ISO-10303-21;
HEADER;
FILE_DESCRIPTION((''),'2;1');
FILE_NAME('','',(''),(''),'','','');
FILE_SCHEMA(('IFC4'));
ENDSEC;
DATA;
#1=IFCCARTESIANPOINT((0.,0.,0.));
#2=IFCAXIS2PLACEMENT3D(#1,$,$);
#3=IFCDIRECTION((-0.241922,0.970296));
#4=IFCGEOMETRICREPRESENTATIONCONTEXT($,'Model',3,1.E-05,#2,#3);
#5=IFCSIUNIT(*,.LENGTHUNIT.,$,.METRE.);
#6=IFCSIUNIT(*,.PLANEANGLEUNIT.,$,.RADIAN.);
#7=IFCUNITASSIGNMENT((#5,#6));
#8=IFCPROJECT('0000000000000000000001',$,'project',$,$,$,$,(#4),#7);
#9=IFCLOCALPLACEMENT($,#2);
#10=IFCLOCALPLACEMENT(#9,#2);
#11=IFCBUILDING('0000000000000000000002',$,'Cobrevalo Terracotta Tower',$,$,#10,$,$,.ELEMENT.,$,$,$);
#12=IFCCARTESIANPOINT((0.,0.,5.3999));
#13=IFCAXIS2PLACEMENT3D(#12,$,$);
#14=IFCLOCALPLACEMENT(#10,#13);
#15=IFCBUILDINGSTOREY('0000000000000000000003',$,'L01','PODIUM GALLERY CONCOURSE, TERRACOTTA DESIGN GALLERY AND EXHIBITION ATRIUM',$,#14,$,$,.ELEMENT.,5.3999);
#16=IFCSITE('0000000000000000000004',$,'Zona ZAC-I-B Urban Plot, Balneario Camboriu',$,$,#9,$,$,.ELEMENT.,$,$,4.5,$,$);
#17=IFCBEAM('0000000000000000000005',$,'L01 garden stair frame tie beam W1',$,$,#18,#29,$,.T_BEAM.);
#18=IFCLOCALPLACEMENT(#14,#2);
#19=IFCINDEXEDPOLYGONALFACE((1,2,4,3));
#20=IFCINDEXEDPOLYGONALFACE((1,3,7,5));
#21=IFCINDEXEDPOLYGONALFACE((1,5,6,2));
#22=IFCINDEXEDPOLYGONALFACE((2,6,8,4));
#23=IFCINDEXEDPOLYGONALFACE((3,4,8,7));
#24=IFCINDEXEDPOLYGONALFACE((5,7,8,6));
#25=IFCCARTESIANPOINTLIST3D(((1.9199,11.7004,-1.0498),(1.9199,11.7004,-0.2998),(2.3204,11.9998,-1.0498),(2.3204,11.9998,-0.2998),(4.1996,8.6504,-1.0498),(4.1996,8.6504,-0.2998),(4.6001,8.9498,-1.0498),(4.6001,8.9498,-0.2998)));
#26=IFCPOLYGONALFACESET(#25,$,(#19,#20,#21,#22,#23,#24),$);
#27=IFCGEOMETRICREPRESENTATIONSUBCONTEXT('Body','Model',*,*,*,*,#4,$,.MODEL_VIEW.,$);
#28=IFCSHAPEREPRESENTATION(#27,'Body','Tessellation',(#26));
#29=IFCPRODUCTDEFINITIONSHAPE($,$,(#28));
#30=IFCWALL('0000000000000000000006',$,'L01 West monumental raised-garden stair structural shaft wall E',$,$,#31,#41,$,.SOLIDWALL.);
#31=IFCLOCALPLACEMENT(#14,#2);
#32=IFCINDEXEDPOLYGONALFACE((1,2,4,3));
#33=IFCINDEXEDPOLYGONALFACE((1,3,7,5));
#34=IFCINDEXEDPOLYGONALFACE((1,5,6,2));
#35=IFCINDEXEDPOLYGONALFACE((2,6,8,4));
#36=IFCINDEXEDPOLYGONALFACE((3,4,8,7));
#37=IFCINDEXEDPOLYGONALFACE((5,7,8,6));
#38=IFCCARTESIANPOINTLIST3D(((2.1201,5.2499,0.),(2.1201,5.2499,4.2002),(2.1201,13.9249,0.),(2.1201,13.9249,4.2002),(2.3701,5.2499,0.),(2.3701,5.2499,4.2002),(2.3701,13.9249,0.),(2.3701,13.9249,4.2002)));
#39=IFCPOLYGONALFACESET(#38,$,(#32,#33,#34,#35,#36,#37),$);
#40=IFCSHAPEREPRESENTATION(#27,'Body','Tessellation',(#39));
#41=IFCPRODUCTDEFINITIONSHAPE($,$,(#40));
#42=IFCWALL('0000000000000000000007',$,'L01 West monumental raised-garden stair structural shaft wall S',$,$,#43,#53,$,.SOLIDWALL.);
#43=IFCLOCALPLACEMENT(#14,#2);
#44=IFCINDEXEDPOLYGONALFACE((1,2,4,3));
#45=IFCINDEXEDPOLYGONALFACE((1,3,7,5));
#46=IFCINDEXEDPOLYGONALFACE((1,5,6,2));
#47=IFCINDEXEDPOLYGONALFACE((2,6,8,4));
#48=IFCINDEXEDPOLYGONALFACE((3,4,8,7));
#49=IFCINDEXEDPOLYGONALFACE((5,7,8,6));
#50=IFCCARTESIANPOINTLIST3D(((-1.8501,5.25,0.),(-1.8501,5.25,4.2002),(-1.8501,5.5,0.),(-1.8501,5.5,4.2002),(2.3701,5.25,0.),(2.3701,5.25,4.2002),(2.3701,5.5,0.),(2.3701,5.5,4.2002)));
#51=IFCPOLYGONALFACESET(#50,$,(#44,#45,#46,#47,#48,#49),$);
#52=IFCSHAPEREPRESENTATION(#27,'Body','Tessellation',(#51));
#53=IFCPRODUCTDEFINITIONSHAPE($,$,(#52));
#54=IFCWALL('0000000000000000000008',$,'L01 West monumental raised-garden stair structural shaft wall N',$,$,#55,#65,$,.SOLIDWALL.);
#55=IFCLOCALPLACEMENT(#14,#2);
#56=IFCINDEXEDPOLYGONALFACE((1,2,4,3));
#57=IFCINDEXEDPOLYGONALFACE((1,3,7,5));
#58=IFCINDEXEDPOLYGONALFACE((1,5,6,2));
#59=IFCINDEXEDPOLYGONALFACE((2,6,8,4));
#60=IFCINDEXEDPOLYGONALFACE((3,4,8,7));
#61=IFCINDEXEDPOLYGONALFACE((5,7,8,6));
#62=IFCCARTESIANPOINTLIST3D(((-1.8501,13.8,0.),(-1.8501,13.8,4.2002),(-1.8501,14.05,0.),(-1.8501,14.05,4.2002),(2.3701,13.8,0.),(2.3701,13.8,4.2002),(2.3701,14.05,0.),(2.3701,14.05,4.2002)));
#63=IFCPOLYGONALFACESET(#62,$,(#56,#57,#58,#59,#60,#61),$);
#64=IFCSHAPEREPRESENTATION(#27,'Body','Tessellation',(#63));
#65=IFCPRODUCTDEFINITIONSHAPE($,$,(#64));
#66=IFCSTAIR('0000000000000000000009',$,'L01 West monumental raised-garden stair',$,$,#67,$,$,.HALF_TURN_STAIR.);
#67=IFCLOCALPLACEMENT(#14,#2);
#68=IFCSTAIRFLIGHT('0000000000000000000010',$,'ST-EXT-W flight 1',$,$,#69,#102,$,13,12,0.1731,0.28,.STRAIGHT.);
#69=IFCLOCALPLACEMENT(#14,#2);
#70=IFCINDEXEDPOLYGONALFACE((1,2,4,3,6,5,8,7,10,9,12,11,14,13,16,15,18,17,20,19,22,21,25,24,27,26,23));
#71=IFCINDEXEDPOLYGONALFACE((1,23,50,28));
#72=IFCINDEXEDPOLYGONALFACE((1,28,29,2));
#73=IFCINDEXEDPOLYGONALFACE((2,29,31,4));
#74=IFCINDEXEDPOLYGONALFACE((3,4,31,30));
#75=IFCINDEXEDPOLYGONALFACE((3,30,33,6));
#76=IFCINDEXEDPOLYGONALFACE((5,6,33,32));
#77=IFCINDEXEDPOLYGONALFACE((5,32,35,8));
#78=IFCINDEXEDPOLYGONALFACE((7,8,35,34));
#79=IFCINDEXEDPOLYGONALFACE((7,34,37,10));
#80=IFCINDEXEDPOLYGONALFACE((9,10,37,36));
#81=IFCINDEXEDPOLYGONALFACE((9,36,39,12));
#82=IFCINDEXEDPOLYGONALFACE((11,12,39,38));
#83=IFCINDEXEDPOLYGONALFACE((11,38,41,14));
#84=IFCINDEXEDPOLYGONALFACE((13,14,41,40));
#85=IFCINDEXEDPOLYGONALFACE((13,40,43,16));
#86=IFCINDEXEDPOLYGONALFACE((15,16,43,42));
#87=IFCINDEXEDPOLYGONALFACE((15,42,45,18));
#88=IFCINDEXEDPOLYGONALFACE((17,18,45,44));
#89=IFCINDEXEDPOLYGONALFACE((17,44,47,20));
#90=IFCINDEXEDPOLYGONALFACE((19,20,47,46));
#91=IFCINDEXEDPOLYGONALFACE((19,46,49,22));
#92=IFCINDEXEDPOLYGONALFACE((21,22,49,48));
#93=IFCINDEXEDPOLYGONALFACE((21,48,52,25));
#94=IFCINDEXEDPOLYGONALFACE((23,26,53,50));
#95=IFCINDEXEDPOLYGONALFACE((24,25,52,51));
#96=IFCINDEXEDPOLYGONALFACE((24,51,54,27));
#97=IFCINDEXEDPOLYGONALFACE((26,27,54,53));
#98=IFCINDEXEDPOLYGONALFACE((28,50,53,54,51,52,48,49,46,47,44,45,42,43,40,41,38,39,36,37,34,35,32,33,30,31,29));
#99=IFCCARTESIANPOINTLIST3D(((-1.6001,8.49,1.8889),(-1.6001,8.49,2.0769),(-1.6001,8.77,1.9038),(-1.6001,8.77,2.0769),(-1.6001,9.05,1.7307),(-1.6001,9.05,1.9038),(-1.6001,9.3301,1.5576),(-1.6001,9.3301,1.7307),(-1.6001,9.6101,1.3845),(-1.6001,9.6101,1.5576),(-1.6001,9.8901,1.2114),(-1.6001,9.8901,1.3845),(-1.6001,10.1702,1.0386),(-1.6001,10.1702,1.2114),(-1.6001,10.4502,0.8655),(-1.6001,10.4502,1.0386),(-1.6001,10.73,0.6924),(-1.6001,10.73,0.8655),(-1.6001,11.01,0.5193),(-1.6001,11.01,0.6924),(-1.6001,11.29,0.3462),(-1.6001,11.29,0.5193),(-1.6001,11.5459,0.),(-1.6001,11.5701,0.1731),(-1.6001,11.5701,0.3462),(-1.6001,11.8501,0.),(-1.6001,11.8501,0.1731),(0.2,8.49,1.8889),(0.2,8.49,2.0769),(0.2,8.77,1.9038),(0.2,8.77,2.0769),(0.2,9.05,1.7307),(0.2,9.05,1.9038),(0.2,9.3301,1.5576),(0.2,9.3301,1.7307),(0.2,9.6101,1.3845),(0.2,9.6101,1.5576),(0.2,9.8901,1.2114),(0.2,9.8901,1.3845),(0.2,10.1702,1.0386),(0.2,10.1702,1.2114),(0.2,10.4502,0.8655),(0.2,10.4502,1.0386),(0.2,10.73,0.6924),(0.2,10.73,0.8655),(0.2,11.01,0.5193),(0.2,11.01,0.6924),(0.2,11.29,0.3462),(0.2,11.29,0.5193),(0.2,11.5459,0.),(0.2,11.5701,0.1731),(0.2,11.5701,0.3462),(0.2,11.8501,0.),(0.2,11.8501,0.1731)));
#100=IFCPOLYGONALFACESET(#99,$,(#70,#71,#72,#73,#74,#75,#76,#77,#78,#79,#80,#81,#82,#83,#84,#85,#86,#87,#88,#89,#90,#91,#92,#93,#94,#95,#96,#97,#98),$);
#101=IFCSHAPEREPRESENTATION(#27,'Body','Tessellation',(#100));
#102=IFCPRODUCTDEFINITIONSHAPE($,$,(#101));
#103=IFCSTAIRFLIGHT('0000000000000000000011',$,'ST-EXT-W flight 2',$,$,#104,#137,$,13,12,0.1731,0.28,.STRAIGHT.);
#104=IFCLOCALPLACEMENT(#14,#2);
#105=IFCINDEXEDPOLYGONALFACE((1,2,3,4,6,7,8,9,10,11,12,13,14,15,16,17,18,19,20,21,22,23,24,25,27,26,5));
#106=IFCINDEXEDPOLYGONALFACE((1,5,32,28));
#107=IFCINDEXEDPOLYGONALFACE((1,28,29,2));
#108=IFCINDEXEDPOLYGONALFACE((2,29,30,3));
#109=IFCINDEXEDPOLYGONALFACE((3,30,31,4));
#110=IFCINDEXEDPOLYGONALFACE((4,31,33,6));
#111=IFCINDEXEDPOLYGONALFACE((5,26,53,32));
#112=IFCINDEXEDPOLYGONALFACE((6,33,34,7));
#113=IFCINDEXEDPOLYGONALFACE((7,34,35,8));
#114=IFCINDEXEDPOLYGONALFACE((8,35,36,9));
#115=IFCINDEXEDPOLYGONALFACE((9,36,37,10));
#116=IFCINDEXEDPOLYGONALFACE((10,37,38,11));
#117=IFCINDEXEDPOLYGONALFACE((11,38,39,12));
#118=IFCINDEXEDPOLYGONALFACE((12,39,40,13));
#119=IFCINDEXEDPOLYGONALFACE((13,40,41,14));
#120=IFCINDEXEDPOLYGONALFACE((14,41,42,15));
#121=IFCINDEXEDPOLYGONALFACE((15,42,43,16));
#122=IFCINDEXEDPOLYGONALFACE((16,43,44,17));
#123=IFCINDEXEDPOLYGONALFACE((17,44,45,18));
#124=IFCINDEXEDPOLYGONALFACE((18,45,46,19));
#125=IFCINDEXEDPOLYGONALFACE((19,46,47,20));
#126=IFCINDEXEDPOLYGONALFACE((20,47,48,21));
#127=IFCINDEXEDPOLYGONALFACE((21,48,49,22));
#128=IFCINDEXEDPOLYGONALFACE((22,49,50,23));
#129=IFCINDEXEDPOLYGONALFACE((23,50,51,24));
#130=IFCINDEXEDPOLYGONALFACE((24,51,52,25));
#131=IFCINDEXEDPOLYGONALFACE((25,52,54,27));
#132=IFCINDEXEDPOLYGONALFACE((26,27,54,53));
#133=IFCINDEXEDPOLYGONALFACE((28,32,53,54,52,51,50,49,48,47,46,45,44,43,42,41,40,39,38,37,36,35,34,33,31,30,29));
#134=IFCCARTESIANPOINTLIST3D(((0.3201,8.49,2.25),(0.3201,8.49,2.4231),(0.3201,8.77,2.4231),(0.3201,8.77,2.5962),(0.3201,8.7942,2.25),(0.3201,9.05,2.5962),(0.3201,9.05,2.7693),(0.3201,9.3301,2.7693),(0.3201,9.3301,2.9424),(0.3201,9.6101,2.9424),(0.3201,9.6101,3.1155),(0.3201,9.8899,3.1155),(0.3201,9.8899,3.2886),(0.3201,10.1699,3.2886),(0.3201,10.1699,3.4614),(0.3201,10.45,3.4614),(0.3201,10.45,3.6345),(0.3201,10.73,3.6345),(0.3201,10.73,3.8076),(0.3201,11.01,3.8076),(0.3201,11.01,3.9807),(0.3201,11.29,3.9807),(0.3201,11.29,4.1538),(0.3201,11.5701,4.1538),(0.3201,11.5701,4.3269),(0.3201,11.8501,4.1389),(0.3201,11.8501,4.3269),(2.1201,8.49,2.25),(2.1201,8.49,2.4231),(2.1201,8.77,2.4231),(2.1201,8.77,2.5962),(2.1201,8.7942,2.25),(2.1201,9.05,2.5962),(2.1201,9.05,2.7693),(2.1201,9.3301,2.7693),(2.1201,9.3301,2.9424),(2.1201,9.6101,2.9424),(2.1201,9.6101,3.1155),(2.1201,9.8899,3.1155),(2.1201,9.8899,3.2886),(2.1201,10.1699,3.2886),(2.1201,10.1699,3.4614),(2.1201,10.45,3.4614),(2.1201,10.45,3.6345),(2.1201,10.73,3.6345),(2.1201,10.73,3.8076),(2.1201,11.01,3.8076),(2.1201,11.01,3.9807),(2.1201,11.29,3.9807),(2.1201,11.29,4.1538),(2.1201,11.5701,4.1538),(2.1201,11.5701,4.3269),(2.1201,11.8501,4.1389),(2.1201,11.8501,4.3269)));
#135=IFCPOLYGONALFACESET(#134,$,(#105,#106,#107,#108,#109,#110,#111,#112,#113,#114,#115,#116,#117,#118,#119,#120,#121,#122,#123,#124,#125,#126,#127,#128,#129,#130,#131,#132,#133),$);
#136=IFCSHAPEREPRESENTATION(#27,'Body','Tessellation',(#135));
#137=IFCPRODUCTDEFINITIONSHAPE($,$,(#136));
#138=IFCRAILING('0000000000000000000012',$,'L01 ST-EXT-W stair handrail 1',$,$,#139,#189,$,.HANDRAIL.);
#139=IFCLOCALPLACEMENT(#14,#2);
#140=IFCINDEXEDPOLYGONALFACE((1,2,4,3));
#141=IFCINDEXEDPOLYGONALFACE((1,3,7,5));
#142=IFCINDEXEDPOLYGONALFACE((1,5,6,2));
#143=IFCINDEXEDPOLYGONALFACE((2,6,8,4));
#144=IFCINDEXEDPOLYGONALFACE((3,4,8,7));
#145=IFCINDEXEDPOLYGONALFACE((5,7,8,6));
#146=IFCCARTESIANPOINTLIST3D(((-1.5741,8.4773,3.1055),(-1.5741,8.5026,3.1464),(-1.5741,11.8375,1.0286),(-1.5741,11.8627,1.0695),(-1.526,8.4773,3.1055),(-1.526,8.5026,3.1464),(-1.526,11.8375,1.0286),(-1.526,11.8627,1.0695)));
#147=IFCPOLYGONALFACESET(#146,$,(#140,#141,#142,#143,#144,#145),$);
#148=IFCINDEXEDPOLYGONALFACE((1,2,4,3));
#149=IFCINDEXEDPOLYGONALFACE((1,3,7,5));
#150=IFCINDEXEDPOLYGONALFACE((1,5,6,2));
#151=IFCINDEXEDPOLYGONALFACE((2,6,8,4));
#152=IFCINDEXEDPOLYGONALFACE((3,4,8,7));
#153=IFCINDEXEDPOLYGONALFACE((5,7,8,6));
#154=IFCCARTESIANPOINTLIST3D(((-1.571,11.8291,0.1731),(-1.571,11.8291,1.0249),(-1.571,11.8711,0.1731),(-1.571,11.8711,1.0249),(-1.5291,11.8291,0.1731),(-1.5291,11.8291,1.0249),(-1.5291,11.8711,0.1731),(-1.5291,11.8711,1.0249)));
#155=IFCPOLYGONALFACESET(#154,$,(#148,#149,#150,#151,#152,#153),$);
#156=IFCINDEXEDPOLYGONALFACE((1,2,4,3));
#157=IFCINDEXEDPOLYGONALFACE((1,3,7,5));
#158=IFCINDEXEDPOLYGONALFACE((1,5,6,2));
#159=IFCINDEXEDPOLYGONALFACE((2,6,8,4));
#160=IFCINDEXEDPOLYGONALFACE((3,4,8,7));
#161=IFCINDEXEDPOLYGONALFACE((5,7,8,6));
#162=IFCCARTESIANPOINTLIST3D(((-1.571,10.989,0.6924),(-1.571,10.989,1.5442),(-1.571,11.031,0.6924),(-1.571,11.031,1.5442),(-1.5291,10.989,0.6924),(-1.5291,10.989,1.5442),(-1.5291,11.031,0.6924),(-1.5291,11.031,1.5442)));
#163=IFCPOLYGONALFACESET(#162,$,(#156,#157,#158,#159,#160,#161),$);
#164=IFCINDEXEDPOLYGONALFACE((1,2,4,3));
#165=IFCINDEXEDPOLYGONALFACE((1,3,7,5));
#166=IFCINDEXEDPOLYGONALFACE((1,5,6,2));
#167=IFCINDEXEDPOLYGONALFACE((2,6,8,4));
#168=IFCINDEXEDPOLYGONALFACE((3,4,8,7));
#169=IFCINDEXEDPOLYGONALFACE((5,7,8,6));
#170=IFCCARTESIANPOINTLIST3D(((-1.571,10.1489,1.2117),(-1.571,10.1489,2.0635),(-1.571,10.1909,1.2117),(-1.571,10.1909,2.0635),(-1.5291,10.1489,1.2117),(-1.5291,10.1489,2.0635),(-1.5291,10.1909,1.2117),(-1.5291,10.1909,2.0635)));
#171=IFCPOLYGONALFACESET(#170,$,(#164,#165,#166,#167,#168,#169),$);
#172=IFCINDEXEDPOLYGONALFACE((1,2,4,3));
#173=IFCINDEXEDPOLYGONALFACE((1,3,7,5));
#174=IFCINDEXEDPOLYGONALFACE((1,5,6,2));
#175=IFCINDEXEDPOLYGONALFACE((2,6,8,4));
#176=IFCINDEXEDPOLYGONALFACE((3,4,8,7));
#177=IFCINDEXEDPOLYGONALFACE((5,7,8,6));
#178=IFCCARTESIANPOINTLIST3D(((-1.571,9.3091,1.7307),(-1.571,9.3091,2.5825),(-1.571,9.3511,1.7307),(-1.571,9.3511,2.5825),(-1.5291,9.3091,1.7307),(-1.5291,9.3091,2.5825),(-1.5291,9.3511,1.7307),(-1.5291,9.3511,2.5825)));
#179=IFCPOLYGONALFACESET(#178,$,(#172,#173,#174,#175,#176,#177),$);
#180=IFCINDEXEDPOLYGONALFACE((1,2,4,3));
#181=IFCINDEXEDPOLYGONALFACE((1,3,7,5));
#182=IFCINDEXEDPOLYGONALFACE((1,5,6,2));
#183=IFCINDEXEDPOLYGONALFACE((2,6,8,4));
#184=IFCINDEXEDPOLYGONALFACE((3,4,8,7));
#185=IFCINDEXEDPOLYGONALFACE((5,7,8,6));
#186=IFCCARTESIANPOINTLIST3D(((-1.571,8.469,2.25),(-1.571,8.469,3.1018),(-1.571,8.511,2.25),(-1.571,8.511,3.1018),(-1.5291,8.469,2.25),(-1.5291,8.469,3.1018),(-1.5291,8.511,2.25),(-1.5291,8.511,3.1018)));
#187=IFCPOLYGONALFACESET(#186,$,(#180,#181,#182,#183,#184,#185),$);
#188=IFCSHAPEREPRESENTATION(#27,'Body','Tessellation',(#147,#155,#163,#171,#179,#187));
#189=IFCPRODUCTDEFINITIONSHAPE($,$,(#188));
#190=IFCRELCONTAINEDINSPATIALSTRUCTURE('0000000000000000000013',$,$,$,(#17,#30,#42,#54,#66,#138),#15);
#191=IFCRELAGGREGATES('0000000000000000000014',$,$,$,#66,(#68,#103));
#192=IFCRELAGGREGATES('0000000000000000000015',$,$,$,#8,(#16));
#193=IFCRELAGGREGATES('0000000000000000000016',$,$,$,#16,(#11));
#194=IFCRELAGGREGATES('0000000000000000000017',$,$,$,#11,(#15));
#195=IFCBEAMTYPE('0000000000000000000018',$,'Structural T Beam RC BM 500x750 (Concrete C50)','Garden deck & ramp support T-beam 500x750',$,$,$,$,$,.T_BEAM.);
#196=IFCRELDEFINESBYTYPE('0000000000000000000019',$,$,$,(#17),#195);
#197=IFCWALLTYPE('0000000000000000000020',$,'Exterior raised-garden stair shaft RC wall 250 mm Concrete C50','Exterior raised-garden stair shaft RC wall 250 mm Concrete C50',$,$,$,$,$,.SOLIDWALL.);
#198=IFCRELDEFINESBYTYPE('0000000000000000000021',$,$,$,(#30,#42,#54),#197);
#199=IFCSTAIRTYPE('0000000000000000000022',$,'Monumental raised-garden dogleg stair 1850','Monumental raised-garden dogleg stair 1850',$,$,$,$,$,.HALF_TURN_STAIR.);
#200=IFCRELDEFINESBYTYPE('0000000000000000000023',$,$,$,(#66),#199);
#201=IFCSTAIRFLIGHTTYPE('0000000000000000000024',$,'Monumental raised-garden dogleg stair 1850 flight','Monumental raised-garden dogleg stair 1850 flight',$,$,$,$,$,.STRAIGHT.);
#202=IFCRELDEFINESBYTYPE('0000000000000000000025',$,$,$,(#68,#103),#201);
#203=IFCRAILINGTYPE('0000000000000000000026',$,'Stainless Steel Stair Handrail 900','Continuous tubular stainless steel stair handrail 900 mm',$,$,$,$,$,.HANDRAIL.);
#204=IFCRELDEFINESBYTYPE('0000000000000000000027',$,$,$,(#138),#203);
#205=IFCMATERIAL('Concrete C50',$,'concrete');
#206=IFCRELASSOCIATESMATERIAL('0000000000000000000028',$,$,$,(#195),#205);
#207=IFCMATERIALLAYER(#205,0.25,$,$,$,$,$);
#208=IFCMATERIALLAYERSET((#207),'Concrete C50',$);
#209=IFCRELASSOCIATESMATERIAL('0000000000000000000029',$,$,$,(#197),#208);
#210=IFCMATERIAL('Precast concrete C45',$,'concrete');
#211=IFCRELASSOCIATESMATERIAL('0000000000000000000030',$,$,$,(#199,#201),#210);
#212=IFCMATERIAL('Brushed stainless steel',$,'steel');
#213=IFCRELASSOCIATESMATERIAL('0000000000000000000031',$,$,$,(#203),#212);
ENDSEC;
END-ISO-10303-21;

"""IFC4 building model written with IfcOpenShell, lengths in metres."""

from ifc_helpers import new_model, si_unit, direction, frame, frame_2d, origin, origin_2d, place, context, subcontext, project, spatial, polyline, rectangle, outline, extrude, material, layer, layer_set, material_profile, profile_set, type_object, element, aggregate, save


model = new_model("IFC4")

# Units and contexts
model_context = context("Model", 3, precision=1e-05, world=origin(), true_north=direction((-0.241922, 0.970296)))
body_context = subcontext(model_context, "Body", "Model", "MODEL_VIEW")
ifc_project = project(units=[si_unit("LENGTHUNIT", "METRE"), si_unit("PLANEANGLEUNIT", "RADIAN")], contexts=[model_context])

# Site, building, storey
site_placement = place(None, origin())
site = spatial("IfcSite", under=ifc_project, at=site_placement, Name="Zona ZAC-I-B Urban Plot, Balneario Camboriu", CompositionType="ELEMENT", RefElevation=4.5)
building_placement = place(site_placement, origin())
building = spatial("IfcBuilding", under=site, at=building_placement, Name="Cobrevalo Terracotta Tower", CompositionType="ELEMENT")
storey_placement = place(building_placement, frame((0.0, 0.0, 5.3999)))
storey = spatial("IfcBuildingStorey", under=building, at=storey_placement, Name="L01", Description="PODIUM GALLERY CONCOURSE, TERRACOTTA DESIGN GALLERY AND EXHIBITION ATRIUM", CompositionType="ELEMENT", Elevation=5.3999)

# Shared definitions
ifc_material_1 = material(Name="Concrete C50", Category="concrete")

# Beam
ifc_material_profile_1 = material_profile(ifc_material_1, rectangle(XDim=0.5, YDim=0.75, at=origin_2d()), Name="RC BM 500x750")
ifc_profile_set_1 = profile_set([ifc_material_profile_1], Name="Concrete C50")
beam_type_1 = type_object("IfcBeamType", Name="Structural T Beam RC BM 500x750 (Concrete C50)", Description="Garden deck & ramp support T-beam 500x750", PredefinedType="T_BEAM", material=ifc_profile_set_1)
beam_1_placement = place(storey_placement, frame((2.1201, 11.8501, -0.6748), z_axis=(0.598696, -0.800976, 0.0), x_axis=(0.800976, 0.598696, 0.0)))
element("IfcBeam", 1, at=beam_1_placement, inside=storey, type_object=beam_type_1, Name="L01 garden stair frame tie beam W1", PredefinedType="T_BEAM", context=body_context, shape_type="SweptSolid", body=[
    extrude(rectangle(XDim=0.5, YDim=0.75, at=origin_2d()), origin(), (0.0, 0.0, 1.0), 3.8079),
])

# Walls
ifc_layer = layer(ifc_material_1, 0.25)
ifc_layer_set = layer_set([ifc_layer], Name="Concrete C50")
wall_type = type_object("IfcWallType", Name="Exterior raised-garden stair shaft RC wall 250 mm Concrete C50", Description="Exterior raised-garden stair shaft RC wall 250 mm Concrete C50", PredefinedType="SOLIDWALL", material=ifc_layer_set)
wall_placement = place(storey_placement, frame((2.2451, 5.25, 0.0), z_axis=(0.0, 0.0, 1.0), x_axis=(0.0, 1.0, 0.0)))
element("IfcWall", 2, at=wall_placement, inside=storey, type_object=wall_type, Name="L01 West monumental raised-garden stair structural shaft wall E", PredefinedType="SOLIDWALL", context=body_context, shape_type="SweptSolid", body=[
    extrude(rectangle(XDim=8.675, YDim=0.25, at=frame_2d((4.3374, 0.0))), origin(), (0.0, 0.0, 1.0), 4.2002),
])
for number, where, z_axis, x_axis, name in (
    (3, (-1.8501, 5.375, 0.0), (0.0, 0.0, 1.0), (1.0, 0.0, 0.0), "L01 West monumental raised-garden stair structural shaft wall S"),
    (4, (-1.8501, 13.925, 0.0), (0.0, 0.0, 1.0), (1.0, 0.0, 0.0), "L01 West monumental raised-garden stair structural shaft wall N"),
):
    element("IfcWall", number, at=place(storey_placement, frame(where, z_axis=z_axis, x_axis=x_axis)), inside=storey, type_object=wall_type, Name=name, PredefinedType="SOLIDWALL", context=body_context, shape_type="SweptSolid", body=[
        extrude(rectangle(XDim=4.2202, YDim=0.25, at=frame_2d((2.1101, 0.0))), origin(), (0.0, 0.0, 1.0), 4.2002),
    ])

# Stair, stair flights
ifc_material_2 = material(Name="Precast concrete C45", Category="concrete")
stair_type = type_object("IfcStairType", Name="Monumental raised-garden dogleg stair 1850", Description="Monumental raised-garden dogleg stair 1850", PredefinedType="HALF_TURN_STAIR", material=ifc_material_2)
stair_placement = place(storey_placement, origin())
stair = element("IfcStair", 5, at=stair_placement, inside=storey, type_object=stair_type, Name="L01 West monumental raised-garden stair", PredefinedType="HALF_TURN_STAIR")
stair_flight_type = type_object("IfcStairFlightType", Name="Monumental raised-garden dogleg stair 1850 flight", Description="Monumental raised-garden dogleg stair 1850 flight", PredefinedType="STRAIGHT", material=ifc_material_2)
stair_flight_1_placement = place(storey_placement, frame((-0.7, 11.8501, 0.0), z_axis=(0.0, 0.0, 1.0), x_axis=(0.0, -1.0, 0.0)))
stair_flight_1 = element("IfcStairFlight", 6, at=stair_flight_1_placement, type_object=stair_flight_type, Name="ST-EXT-W flight 1", NumberOfRisers=13, NumberOfTreads=12, PredefinedType="STRAIGHT", RiserHeight=0.1731, TreadLength=0.28, context=body_context, shape_type="SweptSolid", body=[
    extrude(outline(polyline([(0.0, 0.0), (0.0, 0.1731), (0.28, 0.1731), (0.28, 0.3462), (0.5601, 0.3462), (0.5601, 0.5193), (0.8401, 0.5193), (0.8401, 0.6924), (1.1201, 0.6924), (1.1201, 0.8655), (1.3999, 0.8655), (1.3999, 1.0386), (1.6799, 1.0386), (1.6799, 1.2114), (1.96, 1.2114), (1.96, 1.3845), (2.24, 1.3845), (2.24, 1.5576), (2.52, 1.5576), (2.52, 1.7307), (2.8, 1.7307), (2.8, 1.9038), (3.0801, 1.9038), (3.0801, 2.0769), (3.3601, 2.0769), (3.3601, 2.25), (3.3601, 1.8889), (0.3042, 0.0), (0.0, 0.0)])), frame((0.0, 0.8999, 0.0), z_axis=(0.0, -1.0, 0.0), x_axis=(1.0, 0.0, 0.0)), (0.0, 0.0, 1.0), 1.8),
])
stair_flight_2_placement = place(storey_placement, frame((1.22, 8.49, 2.25), z_axis=(0.0, 0.0, 1.0), x_axis=(0.0, 1.0, 0.0)))
stair_flight_2 = element("IfcStairFlight", 7, at=stair_flight_2_placement, type_object=stair_flight_type, Name="ST-EXT-W flight 2", NumberOfRisers=13, NumberOfTreads=12, PredefinedType="STRAIGHT", RiserHeight=0.1731, TreadLength=0.28, context=body_context, shape_type="SweptSolid", body=[
    extrude(outline(polyline([(0.0, 0.0), (0.0, 0.1731), (0.28, 0.1731), (0.28, 0.3462), (0.5601, 0.3462), (0.5601, 0.5193), (0.8401, 0.5193), (0.8401, 0.6924), (1.1201, 0.6924), (1.1201, 0.8655), (1.3999, 0.8655), (1.3999, 1.0386), (1.6799, 1.0386), (1.6799, 1.2114), (1.96, 1.2114), (1.96, 1.3845), (2.24, 1.3845), (2.24, 1.5576), (2.52, 1.5576), (2.52, 1.7307), (2.8, 1.7307), (2.8, 1.9038), (3.0801, 1.9038), (3.0801, 2.0769), (3.3601, 2.0769), (3.3601, 2.25), (3.3601, 1.8889), (0.3042, 0.0), (0.0, 0.0)])), frame((0.0, 0.8999, 0.0), z_axis=(0.0, -1.0, 0.0), x_axis=(1.0, 0.0, 0.0)), (0.0, 0.0, 1.0), 1.8),
])
aggregate(stair, [stair_flight_1, stair_flight_2])

# Railing
ifc_material_3 = material(Name="Brushed stainless steel", Category="steel")
railing_type_1 = type_object("IfcRailingType", Name="Stainless Steel Stair Handrail 900", Description="Continuous tubular stainless steel stair handrail 900 mm", PredefinedType="HANDRAIL", material=ifc_material_3)
railing_1_placement = place(storey_placement, frame((-1.55, 11.8501, 0.1731)))
element("IfcRailing", 8, at=railing_1_placement, inside=storey, type_object=railing_type_1, Name="L01 ST-EXT-W stair handrail 1", PredefinedType="HANDRAIL", context=body_context, shape_type="SweptSolid", body=[
    extrude(rectangle(XDim=0.0481, YDim=0.0481, at=origin_2d()), frame((0.0, 0.0, 0.876), z_axis=(0.0, -0.850623, 0.525776), x_axis=(1.0, 0.0, 0.0)), (0.0, 0.0, 1.0), 3.9502),
    extrude(rectangle(XDim=0.042, YDim=0.042, at=origin_2d()), origin(), (0.0, 0.0, 1.0), 0.8518),
    extrude(rectangle(XDim=0.042, YDim=0.042, at=origin_2d()), frame((0.0, -0.8401, 0.5193)), (0.0, 0.0, 1.0), 0.8518),
    extrude(rectangle(XDim=0.042, YDim=0.042, at=origin_2d()), frame((0.0, -1.6802, 1.0386)), (0.0, 0.0, 1.0), 0.8518),
    extrude(rectangle(XDim=0.042, YDim=0.042, at=origin_2d()), frame((0.0, -2.52, 1.5576)), (0.0, 0.0, 1.0), 0.8518),
    extrude(rectangle(XDim=0.042, YDim=0.042, at=origin_2d()), frame((0.0, -3.3601, 2.0769)), (0.0, 0.0, 1.0), 0.8518),
])

save(model, "model.ifc")
